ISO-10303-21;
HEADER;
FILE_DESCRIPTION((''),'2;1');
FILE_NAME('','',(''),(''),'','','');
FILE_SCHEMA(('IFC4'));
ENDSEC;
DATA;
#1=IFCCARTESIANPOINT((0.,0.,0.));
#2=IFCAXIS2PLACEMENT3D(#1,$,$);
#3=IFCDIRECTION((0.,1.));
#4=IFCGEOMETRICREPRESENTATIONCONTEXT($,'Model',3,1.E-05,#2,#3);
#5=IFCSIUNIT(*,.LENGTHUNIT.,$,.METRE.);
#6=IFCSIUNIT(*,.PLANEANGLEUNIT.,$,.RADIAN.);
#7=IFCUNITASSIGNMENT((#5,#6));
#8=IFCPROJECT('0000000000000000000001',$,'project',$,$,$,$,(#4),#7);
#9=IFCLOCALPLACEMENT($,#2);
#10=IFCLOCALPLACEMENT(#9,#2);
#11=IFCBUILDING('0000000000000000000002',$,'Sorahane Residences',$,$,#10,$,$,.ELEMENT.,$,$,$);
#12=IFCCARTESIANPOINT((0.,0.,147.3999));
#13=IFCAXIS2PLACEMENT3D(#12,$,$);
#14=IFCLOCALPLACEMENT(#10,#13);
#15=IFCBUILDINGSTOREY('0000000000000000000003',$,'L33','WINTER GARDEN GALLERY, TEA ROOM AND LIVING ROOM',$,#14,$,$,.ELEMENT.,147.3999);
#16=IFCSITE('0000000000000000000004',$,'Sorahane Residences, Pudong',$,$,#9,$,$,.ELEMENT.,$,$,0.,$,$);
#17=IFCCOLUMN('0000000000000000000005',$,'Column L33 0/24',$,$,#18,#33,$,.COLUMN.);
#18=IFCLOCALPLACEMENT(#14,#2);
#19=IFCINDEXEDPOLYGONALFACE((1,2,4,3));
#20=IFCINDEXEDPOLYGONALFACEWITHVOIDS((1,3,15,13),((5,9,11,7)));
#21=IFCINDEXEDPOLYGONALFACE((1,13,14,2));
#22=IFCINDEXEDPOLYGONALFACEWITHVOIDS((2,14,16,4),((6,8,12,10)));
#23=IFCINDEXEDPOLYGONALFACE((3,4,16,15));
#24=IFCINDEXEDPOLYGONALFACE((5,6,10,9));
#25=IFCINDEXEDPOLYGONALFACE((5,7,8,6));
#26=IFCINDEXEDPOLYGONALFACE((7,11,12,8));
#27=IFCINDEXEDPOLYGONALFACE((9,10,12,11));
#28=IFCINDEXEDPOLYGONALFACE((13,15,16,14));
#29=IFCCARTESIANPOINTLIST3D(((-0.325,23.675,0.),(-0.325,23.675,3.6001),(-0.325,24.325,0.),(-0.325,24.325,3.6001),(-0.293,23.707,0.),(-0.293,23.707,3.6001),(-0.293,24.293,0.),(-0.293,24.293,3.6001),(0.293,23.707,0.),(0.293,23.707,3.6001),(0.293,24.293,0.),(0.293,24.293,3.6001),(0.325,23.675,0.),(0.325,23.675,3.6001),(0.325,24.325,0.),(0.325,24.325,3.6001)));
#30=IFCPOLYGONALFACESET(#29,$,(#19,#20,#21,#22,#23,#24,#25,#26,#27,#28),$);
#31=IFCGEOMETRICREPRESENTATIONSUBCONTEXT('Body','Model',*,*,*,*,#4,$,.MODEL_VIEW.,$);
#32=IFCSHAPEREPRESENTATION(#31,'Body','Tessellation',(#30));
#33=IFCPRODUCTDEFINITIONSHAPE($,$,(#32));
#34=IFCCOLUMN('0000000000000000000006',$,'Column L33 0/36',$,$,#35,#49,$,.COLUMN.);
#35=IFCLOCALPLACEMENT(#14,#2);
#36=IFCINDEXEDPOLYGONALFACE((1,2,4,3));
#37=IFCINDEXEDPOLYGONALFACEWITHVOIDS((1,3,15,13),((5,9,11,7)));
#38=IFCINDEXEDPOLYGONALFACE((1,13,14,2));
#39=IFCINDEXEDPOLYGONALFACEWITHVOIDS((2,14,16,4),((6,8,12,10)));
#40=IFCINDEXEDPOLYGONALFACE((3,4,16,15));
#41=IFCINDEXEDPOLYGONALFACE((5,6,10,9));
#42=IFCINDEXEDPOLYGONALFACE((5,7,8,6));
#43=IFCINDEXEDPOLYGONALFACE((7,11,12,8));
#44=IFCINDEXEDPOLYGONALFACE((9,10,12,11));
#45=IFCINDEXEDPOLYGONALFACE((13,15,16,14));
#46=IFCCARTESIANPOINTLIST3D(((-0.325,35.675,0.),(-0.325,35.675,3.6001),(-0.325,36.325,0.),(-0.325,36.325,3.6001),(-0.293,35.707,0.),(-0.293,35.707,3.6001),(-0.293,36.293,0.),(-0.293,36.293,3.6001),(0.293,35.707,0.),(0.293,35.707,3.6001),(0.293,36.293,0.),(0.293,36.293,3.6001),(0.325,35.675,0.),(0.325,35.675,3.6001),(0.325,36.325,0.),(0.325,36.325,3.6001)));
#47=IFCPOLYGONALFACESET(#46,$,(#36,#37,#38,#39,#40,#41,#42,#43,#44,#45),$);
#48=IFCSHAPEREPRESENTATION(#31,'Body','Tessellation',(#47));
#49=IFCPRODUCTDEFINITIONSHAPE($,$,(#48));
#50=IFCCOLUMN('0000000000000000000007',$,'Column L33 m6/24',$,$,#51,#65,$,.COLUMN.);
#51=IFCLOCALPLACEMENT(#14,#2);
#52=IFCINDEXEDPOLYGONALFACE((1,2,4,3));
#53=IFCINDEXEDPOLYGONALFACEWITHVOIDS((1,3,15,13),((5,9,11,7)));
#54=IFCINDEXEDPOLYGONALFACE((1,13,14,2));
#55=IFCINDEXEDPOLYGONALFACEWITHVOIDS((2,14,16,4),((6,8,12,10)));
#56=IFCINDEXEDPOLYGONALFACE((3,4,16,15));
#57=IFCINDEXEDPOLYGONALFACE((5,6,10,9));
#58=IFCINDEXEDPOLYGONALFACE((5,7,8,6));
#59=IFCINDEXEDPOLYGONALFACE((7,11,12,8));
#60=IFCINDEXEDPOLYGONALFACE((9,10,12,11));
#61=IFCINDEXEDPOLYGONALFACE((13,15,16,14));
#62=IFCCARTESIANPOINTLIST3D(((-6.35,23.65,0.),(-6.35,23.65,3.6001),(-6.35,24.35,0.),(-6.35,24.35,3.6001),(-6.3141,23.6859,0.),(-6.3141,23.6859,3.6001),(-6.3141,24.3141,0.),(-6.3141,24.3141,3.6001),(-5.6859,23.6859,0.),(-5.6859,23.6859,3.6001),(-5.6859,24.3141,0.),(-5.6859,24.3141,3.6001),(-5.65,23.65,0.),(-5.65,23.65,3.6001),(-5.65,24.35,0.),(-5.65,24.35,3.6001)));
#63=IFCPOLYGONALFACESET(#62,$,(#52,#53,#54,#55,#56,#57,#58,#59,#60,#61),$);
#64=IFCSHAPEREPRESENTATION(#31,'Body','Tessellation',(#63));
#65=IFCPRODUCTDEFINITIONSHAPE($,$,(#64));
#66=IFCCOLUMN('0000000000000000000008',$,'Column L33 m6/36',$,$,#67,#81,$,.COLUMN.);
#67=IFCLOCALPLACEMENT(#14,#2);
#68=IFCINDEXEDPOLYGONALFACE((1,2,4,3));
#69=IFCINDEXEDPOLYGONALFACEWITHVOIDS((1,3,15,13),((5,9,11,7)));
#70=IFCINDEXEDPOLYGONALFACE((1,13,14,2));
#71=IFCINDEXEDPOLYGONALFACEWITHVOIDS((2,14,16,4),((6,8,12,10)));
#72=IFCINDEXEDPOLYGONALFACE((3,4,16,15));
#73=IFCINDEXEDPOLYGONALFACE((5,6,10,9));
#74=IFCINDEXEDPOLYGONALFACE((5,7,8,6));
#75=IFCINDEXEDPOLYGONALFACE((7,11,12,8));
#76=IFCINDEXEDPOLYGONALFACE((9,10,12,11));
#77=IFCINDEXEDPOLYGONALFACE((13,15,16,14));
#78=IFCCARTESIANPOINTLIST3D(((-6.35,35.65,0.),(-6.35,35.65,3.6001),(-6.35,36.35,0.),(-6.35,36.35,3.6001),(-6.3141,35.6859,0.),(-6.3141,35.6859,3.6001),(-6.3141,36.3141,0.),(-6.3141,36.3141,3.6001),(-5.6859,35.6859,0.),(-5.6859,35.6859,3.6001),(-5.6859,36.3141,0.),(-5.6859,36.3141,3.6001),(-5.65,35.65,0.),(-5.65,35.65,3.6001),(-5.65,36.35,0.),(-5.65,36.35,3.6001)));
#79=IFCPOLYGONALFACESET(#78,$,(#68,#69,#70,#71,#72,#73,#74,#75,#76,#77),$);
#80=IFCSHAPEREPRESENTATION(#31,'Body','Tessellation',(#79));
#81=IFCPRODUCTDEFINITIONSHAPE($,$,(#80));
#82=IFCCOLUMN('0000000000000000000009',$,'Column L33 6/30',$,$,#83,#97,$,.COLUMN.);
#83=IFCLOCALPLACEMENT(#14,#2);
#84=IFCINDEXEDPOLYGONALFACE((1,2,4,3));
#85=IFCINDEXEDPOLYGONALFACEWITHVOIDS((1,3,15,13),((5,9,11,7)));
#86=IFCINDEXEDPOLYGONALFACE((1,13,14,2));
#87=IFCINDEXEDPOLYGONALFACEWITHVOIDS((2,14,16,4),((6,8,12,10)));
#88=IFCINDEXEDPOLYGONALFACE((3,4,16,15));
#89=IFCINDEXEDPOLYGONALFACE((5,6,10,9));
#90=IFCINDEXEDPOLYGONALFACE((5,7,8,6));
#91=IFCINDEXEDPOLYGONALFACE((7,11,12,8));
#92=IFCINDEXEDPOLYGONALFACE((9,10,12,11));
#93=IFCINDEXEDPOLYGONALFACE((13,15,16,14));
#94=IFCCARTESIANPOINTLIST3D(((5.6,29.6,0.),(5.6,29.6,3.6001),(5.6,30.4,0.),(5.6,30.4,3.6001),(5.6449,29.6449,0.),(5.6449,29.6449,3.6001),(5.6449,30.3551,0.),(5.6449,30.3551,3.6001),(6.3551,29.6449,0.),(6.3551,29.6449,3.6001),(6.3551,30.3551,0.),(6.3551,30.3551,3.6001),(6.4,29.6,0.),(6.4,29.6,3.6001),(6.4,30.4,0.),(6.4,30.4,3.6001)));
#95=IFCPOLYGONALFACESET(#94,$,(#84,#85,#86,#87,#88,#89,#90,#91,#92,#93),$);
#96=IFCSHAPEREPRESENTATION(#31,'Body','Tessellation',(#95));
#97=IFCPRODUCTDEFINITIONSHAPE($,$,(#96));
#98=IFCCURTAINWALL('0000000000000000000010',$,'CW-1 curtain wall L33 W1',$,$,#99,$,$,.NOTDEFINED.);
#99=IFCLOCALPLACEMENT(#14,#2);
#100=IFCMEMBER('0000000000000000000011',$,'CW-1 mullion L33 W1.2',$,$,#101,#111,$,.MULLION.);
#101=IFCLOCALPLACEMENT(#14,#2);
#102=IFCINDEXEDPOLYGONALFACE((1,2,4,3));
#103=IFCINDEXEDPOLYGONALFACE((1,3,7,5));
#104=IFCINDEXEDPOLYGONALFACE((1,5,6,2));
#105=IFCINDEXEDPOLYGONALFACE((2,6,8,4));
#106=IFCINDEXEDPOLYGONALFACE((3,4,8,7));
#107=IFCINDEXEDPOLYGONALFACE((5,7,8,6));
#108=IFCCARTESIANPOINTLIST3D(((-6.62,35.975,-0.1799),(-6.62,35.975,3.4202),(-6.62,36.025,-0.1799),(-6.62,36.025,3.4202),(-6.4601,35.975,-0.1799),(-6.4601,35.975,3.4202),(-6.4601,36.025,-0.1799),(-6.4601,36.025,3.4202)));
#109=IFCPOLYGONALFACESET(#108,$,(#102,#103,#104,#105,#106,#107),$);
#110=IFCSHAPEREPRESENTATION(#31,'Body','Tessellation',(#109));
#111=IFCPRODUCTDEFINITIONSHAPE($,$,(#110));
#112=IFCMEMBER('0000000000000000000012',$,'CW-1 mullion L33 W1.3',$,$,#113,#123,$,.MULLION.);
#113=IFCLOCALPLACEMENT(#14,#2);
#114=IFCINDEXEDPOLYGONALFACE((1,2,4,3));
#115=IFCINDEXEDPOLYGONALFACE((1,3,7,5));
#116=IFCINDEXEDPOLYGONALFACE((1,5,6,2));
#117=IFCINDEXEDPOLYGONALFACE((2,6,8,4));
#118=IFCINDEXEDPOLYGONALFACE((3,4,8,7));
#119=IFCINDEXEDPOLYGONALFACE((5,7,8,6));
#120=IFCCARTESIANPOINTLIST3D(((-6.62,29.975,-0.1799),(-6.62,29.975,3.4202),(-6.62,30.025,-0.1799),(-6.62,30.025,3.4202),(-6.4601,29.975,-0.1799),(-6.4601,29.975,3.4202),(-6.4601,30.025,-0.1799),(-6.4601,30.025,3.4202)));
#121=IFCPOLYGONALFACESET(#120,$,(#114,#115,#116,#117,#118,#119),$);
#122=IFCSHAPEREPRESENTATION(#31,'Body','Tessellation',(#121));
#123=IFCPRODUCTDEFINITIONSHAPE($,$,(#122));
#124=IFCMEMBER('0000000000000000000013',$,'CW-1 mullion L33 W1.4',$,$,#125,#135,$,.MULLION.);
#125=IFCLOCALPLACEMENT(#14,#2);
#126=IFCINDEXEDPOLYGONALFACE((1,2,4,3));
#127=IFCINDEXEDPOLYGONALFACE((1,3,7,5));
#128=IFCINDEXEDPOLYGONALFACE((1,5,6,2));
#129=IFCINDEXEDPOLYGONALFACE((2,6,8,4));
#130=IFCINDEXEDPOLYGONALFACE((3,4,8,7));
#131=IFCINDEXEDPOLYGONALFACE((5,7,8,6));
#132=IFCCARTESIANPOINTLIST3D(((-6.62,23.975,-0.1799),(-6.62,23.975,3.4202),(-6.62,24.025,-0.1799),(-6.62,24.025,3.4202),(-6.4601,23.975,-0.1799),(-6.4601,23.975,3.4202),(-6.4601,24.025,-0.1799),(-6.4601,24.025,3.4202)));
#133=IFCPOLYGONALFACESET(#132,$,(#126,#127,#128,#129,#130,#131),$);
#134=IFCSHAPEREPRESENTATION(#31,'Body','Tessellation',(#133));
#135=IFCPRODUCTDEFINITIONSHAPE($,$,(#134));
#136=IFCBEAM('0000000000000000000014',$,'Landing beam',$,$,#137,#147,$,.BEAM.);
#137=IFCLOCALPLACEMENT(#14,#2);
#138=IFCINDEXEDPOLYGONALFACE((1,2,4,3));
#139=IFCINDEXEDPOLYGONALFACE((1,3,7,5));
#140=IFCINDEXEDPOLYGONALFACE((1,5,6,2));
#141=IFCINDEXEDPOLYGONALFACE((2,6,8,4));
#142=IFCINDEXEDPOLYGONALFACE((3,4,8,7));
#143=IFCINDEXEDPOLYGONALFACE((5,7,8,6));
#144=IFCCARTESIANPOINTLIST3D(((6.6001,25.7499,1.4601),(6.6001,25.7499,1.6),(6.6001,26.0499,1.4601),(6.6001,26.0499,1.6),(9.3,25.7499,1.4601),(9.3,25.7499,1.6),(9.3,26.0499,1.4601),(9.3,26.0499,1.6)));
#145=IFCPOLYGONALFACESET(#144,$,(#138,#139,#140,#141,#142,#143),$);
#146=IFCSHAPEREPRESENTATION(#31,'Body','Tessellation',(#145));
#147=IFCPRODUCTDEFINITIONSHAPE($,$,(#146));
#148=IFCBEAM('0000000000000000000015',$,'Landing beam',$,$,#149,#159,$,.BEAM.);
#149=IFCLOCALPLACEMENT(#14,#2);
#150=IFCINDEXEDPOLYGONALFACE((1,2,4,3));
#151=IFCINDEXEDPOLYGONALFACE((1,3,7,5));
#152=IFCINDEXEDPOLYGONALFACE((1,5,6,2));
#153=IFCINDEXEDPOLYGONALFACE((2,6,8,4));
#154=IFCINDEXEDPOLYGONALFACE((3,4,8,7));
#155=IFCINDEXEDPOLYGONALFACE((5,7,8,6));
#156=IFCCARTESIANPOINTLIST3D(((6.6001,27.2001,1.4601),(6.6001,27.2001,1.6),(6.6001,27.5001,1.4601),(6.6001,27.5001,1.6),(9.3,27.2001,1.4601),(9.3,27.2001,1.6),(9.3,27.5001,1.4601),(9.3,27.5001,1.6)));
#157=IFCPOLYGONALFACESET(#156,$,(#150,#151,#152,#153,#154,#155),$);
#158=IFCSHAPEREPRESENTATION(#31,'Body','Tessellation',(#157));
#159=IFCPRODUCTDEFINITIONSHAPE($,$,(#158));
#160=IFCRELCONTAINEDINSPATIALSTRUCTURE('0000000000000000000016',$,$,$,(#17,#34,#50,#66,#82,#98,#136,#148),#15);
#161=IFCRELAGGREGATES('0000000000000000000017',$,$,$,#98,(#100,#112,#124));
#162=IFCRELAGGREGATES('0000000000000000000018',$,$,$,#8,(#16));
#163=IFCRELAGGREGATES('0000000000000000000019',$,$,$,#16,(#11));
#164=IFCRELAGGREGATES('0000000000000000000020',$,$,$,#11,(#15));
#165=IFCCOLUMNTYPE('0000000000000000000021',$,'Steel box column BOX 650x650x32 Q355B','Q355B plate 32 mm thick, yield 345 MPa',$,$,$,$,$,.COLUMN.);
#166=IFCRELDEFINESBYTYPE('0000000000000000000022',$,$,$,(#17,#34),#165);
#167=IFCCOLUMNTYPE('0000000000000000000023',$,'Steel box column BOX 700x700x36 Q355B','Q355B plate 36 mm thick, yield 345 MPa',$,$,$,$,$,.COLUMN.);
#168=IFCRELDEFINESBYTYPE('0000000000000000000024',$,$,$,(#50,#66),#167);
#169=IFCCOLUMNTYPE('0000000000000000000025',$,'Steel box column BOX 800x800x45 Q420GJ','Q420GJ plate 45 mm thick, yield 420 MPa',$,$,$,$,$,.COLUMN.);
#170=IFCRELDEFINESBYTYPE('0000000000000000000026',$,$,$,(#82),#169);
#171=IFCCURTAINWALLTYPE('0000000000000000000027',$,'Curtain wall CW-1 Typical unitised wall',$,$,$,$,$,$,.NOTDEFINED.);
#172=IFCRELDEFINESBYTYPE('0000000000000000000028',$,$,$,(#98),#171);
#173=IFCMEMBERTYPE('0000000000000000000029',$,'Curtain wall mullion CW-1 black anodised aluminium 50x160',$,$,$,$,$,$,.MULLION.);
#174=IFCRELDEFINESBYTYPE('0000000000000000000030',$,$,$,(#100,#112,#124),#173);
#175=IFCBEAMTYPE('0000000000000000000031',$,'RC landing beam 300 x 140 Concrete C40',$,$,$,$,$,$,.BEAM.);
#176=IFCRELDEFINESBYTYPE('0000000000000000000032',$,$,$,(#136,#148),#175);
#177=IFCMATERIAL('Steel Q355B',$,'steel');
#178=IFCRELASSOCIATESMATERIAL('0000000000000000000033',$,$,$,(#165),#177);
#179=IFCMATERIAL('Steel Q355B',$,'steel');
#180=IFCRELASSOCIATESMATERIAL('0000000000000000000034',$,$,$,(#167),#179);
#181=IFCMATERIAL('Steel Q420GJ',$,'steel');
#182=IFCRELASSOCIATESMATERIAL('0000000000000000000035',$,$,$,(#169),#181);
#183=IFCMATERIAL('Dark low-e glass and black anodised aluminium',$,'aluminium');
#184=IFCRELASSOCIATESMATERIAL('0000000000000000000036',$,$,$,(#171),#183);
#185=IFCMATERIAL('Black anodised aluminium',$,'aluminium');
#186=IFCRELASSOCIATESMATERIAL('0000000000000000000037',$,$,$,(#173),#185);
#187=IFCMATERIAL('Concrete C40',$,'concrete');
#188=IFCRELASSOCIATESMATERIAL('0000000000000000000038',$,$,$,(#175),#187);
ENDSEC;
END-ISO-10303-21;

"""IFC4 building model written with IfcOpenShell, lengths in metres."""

from ifc_helpers import new_model, si_unit, direction, frame, origin, origin_2d, place, context, subcontext, project, spatial, rectangle, hollow_rectangle, extrude, material, material_profile, profile_set, type_object, element, aggregate, save


model = new_model("IFC4")

# Units and contexts
model_context = context("Model", 3, precision=1e-05, world=origin(), true_north=direction((0.0, 1.0)))
body_context = subcontext(model_context, "Body", "Model", "MODEL_VIEW")
ifc_project = project(units=[si_unit("LENGTHUNIT", "METRE"), si_unit("PLANEANGLEUNIT", "RADIAN")], contexts=[model_context])

# Site, building, storey
site_placement = place(None, origin())
site = spatial("IfcSite", under=ifc_project, at=site_placement, Name="Sorahane Residences, Pudong", CompositionType="ELEMENT", RefElevation=0.0)
building_placement = place(site_placement, origin())
building = spatial("IfcBuilding", under=site, at=building_placement, Name="Sorahane Residences", CompositionType="ELEMENT")
storey_placement = place(building_placement, frame((0.0, 0.0, 147.3999)))
storey = spatial("IfcBuildingStorey", under=building, at=storey_placement, Name="L33", Description="WINTER GARDEN GALLERY, TEA ROOM AND LIVING ROOM", CompositionType="ELEMENT", Elevation=147.3999)

# Columns
ifc_material_1 = material(Name="Steel Q355B", Category="steel")
ifc_material_profile_1 = material_profile(ifc_material_1, hollow_rectangle(XDim=0.6499, YDim=0.6499, WallThickness=0.032, at=origin_2d()), Name="BOX 650x650x32")
ifc_profile_set_1 = profile_set([ifc_material_profile_1], Name="Steel Q355B")
column_type_1 = type_object("IfcColumnType", Name="Steel box column BOX 650x650x32 Q355B", Description="Q355B plate 32 mm thick, yield 345 MPa", PredefinedType="COLUMN", material=ifc_profile_set_1)
for number, where, z_axis, x_axis, name in (
    (1, (0.0, 24.0, 0.0), (0.0, 0.0, 1.0), (1.0, 0.0, 0.0), "Column L33 0/24"),
    (2, (0.0, 36.0, 0.0), (0.0, 0.0, 1.0), (1.0, 0.0, 0.0), "Column L33 0/36"),
):
    element("IfcColumn", number, at=place(storey_placement, frame(where, z_axis=z_axis, x_axis=x_axis)), inside=storey, type_object=column_type_1, Name=name, PredefinedType="COLUMN", context=body_context, shape_type="SweptSolid", body=[
        extrude(hollow_rectangle(XDim=0.6499, YDim=0.6499, WallThickness=0.032, at=origin_2d()), origin(), (0.0, 0.0, 1.0), 3.6001),
    ])
ifc_material_2 = material(Name="Steel Q355B", Category="steel")
ifc_material_profile_2 = material_profile(ifc_material_2, hollow_rectangle(XDim=0.7, YDim=0.7, WallThickness=0.0359, at=origin_2d()), Name="BOX 700x700x36")
ifc_profile_set_2 = profile_set([ifc_material_profile_2], Name="Steel Q355B")
column_type_2 = type_object("IfcColumnType", Name="Steel box column BOX 700x700x36 Q355B", Description="Q355B plate 36 mm thick, yield 345 MPa", PredefinedType="COLUMN", material=ifc_profile_set_2)
for number, where, z_axis, x_axis, name in (
    (3, (-6.0, 24.0, 0.0), (0.0, 0.0, 1.0), (1.0, 0.0, 0.0), "Column L33 m6/24"),
    (4, (-6.0, 36.0, 0.0), (0.0, 0.0, 1.0), (1.0, 0.0, 0.0), "Column L33 m6/36"),
):
    element("IfcColumn", number, at=place(storey_placement, frame(where, z_axis=z_axis, x_axis=x_axis)), inside=storey, type_object=column_type_2, Name=name, PredefinedType="COLUMN", context=body_context, shape_type="SweptSolid", body=[
        extrude(hollow_rectangle(XDim=0.7, YDim=0.7, WallThickness=0.0359, at=origin_2d()), origin(), (0.0, 0.0, 1.0), 3.6001),
    ])
ifc_material_3 = material(Name="Steel Q420GJ", Category="steel")
ifc_material_profile_3 = material_profile(ifc_material_3, hollow_rectangle(XDim=0.8, YDim=0.8, WallThickness=0.0449, at=origin_2d()), Name="BOX 800x800x45")
ifc_profile_set_3 = profile_set([ifc_material_profile_3], Name="Steel Q420GJ")
column_type_3 = type_object("IfcColumnType", Name="Steel box column BOX 800x800x45 Q420GJ", Description="Q420GJ plate 45 mm thick, yield 420 MPa", PredefinedType="COLUMN", material=ifc_profile_set_3)
column_placement = place(storey_placement, frame((6.0, 30.0, 0.0), z_axis=(0.0, 0.0, 1.0), x_axis=(1.0, 0.0, 0.0)))
element("IfcColumn", 5, at=column_placement, inside=storey, type_object=column_type_3, Name="Column L33 6/30", PredefinedType="COLUMN", context=body_context, shape_type="SweptSolid", body=[
    extrude(hollow_rectangle(XDim=0.8, YDim=0.8, WallThickness=0.0449, at=origin_2d()), origin(), (0.0, 0.0, 1.0), 3.6001),
])

# Curtain wall, members
ifc_material_4 = material(Name="Dark low-e glass and black anodised aluminium", Category="aluminium")
curtain_wall_type = type_object("IfcCurtainWallType", Name="Curtain wall CW-1 Typical unitised wall", PredefinedType="NOTDEFINED", material=ifc_material_4)
curtain_wall_placement = place(storey_placement, origin())
curtain_wall = element("IfcCurtainWall", 6, at=curtain_wall_placement, inside=storey, type_object=curtain_wall_type, Name="CW-1 curtain wall L33 W1", PredefinedType="NOTDEFINED")
ifc_material_5 = material(Name="Black anodised aluminium", Category="aluminium")
ifc_material_profile_4 = material_profile(ifc_material_5, rectangle(XDim=0.1599, YDim=0.05, at=origin_2d()), Name="Curtain wall mullion CW-1 black anodised aluminium 50x160")
ifc_profile_set_4 = profile_set([ifc_material_profile_4], Name="Black anodised aluminium")
member_type = type_object("IfcMemberType", Name="Curtain wall mullion CW-1 black anodised aluminium 50x160", PredefinedType="MULLION", material=ifc_profile_set_4)
member_1_placement = place(storey_placement, frame((-6.54, 36.0, -0.1799), z_axis=(0.0, 0.0, 1.0), x_axis=(-1.0, 0.0, 0.0)))
member_1 = element("IfcMember", 7, at=member_1_placement, type_object=member_type, Name="CW-1 mullion L33 W1.2", PredefinedType="MULLION", context=body_context, shape_type="SweptSolid", body=[
    extrude(rectangle(XDim=0.1599, YDim=0.05, at=origin_2d()), origin(), (0.0, 0.0, 1.0), 3.6001),
])
member_2_placement = place(storey_placement, frame((-6.54, 30.0, -0.1799), z_axis=(0.0, 0.0, 1.0), x_axis=(-1.0, 0.0, 0.0)))
member_2 = element("IfcMember", 8, at=member_2_placement, type_object=member_type, Name="CW-1 mullion L33 W1.3", PredefinedType="MULLION", context=body_context, shape_type="SweptSolid", body=[
    extrude(rectangle(XDim=0.1599, YDim=0.05, at=origin_2d()), origin(), (0.0, 0.0, 1.0), 3.6001),
])
member_3_placement = place(storey_placement, frame((-6.54, 24.0, -0.1799), z_axis=(0.0, 0.0, 1.0), x_axis=(-1.0, 0.0, 0.0)))
member_3 = element("IfcMember", 9, at=member_3_placement, type_object=member_type, Name="CW-1 mullion L33 W1.4", PredefinedType="MULLION", context=body_context, shape_type="SweptSolid", body=[
    extrude(rectangle(XDim=0.1599, YDim=0.05, at=origin_2d()), origin(), (0.0, 0.0, 1.0), 3.6001),
])

# Beams
ifc_material_6 = material(Name="Concrete C40", Category="concrete")
ifc_material_profile_5 = material_profile(ifc_material_6, rectangle(XDim=0.3, YDim=0.1399, at=origin_2d()), Name="300x140")
ifc_profile_set_5 = profile_set([ifc_material_profile_5], Name="Concrete C40")
beam_type_1 = type_object("IfcBeamType", Name="RC landing beam 300 x 140 Concrete C40", PredefinedType="BEAM", material=ifc_profile_set_5)
for number, where, z_axis, x_axis, name in (
    (10, (6.6001, 25.8999, 1.53), (1.0, 0.0, 0.0), (0.0, 1.0, 0.0), "Landing beam"),
    (11, (6.6001, 27.3501, 1.53), (1.0, 0.0, 0.0), (0.0, 1.0, 0.0), "Landing beam"),
):
    element("IfcBeam", number, at=place(storey_placement, frame(where, z_axis=z_axis, x_axis=x_axis)), inside=storey, type_object=beam_type_1, Name=name, PredefinedType="BEAM", context=body_context, shape_type="SweptSolid", body=[
        extrude(rectangle(XDim=0.3, YDim=0.1399, at=origin_2d()), origin(), (0.0, 0.0, 1.0), 2.7),
    ])

aggregate(curtain_wall, [member_1, member_2, member_3])

save(model, "model.ifc")
